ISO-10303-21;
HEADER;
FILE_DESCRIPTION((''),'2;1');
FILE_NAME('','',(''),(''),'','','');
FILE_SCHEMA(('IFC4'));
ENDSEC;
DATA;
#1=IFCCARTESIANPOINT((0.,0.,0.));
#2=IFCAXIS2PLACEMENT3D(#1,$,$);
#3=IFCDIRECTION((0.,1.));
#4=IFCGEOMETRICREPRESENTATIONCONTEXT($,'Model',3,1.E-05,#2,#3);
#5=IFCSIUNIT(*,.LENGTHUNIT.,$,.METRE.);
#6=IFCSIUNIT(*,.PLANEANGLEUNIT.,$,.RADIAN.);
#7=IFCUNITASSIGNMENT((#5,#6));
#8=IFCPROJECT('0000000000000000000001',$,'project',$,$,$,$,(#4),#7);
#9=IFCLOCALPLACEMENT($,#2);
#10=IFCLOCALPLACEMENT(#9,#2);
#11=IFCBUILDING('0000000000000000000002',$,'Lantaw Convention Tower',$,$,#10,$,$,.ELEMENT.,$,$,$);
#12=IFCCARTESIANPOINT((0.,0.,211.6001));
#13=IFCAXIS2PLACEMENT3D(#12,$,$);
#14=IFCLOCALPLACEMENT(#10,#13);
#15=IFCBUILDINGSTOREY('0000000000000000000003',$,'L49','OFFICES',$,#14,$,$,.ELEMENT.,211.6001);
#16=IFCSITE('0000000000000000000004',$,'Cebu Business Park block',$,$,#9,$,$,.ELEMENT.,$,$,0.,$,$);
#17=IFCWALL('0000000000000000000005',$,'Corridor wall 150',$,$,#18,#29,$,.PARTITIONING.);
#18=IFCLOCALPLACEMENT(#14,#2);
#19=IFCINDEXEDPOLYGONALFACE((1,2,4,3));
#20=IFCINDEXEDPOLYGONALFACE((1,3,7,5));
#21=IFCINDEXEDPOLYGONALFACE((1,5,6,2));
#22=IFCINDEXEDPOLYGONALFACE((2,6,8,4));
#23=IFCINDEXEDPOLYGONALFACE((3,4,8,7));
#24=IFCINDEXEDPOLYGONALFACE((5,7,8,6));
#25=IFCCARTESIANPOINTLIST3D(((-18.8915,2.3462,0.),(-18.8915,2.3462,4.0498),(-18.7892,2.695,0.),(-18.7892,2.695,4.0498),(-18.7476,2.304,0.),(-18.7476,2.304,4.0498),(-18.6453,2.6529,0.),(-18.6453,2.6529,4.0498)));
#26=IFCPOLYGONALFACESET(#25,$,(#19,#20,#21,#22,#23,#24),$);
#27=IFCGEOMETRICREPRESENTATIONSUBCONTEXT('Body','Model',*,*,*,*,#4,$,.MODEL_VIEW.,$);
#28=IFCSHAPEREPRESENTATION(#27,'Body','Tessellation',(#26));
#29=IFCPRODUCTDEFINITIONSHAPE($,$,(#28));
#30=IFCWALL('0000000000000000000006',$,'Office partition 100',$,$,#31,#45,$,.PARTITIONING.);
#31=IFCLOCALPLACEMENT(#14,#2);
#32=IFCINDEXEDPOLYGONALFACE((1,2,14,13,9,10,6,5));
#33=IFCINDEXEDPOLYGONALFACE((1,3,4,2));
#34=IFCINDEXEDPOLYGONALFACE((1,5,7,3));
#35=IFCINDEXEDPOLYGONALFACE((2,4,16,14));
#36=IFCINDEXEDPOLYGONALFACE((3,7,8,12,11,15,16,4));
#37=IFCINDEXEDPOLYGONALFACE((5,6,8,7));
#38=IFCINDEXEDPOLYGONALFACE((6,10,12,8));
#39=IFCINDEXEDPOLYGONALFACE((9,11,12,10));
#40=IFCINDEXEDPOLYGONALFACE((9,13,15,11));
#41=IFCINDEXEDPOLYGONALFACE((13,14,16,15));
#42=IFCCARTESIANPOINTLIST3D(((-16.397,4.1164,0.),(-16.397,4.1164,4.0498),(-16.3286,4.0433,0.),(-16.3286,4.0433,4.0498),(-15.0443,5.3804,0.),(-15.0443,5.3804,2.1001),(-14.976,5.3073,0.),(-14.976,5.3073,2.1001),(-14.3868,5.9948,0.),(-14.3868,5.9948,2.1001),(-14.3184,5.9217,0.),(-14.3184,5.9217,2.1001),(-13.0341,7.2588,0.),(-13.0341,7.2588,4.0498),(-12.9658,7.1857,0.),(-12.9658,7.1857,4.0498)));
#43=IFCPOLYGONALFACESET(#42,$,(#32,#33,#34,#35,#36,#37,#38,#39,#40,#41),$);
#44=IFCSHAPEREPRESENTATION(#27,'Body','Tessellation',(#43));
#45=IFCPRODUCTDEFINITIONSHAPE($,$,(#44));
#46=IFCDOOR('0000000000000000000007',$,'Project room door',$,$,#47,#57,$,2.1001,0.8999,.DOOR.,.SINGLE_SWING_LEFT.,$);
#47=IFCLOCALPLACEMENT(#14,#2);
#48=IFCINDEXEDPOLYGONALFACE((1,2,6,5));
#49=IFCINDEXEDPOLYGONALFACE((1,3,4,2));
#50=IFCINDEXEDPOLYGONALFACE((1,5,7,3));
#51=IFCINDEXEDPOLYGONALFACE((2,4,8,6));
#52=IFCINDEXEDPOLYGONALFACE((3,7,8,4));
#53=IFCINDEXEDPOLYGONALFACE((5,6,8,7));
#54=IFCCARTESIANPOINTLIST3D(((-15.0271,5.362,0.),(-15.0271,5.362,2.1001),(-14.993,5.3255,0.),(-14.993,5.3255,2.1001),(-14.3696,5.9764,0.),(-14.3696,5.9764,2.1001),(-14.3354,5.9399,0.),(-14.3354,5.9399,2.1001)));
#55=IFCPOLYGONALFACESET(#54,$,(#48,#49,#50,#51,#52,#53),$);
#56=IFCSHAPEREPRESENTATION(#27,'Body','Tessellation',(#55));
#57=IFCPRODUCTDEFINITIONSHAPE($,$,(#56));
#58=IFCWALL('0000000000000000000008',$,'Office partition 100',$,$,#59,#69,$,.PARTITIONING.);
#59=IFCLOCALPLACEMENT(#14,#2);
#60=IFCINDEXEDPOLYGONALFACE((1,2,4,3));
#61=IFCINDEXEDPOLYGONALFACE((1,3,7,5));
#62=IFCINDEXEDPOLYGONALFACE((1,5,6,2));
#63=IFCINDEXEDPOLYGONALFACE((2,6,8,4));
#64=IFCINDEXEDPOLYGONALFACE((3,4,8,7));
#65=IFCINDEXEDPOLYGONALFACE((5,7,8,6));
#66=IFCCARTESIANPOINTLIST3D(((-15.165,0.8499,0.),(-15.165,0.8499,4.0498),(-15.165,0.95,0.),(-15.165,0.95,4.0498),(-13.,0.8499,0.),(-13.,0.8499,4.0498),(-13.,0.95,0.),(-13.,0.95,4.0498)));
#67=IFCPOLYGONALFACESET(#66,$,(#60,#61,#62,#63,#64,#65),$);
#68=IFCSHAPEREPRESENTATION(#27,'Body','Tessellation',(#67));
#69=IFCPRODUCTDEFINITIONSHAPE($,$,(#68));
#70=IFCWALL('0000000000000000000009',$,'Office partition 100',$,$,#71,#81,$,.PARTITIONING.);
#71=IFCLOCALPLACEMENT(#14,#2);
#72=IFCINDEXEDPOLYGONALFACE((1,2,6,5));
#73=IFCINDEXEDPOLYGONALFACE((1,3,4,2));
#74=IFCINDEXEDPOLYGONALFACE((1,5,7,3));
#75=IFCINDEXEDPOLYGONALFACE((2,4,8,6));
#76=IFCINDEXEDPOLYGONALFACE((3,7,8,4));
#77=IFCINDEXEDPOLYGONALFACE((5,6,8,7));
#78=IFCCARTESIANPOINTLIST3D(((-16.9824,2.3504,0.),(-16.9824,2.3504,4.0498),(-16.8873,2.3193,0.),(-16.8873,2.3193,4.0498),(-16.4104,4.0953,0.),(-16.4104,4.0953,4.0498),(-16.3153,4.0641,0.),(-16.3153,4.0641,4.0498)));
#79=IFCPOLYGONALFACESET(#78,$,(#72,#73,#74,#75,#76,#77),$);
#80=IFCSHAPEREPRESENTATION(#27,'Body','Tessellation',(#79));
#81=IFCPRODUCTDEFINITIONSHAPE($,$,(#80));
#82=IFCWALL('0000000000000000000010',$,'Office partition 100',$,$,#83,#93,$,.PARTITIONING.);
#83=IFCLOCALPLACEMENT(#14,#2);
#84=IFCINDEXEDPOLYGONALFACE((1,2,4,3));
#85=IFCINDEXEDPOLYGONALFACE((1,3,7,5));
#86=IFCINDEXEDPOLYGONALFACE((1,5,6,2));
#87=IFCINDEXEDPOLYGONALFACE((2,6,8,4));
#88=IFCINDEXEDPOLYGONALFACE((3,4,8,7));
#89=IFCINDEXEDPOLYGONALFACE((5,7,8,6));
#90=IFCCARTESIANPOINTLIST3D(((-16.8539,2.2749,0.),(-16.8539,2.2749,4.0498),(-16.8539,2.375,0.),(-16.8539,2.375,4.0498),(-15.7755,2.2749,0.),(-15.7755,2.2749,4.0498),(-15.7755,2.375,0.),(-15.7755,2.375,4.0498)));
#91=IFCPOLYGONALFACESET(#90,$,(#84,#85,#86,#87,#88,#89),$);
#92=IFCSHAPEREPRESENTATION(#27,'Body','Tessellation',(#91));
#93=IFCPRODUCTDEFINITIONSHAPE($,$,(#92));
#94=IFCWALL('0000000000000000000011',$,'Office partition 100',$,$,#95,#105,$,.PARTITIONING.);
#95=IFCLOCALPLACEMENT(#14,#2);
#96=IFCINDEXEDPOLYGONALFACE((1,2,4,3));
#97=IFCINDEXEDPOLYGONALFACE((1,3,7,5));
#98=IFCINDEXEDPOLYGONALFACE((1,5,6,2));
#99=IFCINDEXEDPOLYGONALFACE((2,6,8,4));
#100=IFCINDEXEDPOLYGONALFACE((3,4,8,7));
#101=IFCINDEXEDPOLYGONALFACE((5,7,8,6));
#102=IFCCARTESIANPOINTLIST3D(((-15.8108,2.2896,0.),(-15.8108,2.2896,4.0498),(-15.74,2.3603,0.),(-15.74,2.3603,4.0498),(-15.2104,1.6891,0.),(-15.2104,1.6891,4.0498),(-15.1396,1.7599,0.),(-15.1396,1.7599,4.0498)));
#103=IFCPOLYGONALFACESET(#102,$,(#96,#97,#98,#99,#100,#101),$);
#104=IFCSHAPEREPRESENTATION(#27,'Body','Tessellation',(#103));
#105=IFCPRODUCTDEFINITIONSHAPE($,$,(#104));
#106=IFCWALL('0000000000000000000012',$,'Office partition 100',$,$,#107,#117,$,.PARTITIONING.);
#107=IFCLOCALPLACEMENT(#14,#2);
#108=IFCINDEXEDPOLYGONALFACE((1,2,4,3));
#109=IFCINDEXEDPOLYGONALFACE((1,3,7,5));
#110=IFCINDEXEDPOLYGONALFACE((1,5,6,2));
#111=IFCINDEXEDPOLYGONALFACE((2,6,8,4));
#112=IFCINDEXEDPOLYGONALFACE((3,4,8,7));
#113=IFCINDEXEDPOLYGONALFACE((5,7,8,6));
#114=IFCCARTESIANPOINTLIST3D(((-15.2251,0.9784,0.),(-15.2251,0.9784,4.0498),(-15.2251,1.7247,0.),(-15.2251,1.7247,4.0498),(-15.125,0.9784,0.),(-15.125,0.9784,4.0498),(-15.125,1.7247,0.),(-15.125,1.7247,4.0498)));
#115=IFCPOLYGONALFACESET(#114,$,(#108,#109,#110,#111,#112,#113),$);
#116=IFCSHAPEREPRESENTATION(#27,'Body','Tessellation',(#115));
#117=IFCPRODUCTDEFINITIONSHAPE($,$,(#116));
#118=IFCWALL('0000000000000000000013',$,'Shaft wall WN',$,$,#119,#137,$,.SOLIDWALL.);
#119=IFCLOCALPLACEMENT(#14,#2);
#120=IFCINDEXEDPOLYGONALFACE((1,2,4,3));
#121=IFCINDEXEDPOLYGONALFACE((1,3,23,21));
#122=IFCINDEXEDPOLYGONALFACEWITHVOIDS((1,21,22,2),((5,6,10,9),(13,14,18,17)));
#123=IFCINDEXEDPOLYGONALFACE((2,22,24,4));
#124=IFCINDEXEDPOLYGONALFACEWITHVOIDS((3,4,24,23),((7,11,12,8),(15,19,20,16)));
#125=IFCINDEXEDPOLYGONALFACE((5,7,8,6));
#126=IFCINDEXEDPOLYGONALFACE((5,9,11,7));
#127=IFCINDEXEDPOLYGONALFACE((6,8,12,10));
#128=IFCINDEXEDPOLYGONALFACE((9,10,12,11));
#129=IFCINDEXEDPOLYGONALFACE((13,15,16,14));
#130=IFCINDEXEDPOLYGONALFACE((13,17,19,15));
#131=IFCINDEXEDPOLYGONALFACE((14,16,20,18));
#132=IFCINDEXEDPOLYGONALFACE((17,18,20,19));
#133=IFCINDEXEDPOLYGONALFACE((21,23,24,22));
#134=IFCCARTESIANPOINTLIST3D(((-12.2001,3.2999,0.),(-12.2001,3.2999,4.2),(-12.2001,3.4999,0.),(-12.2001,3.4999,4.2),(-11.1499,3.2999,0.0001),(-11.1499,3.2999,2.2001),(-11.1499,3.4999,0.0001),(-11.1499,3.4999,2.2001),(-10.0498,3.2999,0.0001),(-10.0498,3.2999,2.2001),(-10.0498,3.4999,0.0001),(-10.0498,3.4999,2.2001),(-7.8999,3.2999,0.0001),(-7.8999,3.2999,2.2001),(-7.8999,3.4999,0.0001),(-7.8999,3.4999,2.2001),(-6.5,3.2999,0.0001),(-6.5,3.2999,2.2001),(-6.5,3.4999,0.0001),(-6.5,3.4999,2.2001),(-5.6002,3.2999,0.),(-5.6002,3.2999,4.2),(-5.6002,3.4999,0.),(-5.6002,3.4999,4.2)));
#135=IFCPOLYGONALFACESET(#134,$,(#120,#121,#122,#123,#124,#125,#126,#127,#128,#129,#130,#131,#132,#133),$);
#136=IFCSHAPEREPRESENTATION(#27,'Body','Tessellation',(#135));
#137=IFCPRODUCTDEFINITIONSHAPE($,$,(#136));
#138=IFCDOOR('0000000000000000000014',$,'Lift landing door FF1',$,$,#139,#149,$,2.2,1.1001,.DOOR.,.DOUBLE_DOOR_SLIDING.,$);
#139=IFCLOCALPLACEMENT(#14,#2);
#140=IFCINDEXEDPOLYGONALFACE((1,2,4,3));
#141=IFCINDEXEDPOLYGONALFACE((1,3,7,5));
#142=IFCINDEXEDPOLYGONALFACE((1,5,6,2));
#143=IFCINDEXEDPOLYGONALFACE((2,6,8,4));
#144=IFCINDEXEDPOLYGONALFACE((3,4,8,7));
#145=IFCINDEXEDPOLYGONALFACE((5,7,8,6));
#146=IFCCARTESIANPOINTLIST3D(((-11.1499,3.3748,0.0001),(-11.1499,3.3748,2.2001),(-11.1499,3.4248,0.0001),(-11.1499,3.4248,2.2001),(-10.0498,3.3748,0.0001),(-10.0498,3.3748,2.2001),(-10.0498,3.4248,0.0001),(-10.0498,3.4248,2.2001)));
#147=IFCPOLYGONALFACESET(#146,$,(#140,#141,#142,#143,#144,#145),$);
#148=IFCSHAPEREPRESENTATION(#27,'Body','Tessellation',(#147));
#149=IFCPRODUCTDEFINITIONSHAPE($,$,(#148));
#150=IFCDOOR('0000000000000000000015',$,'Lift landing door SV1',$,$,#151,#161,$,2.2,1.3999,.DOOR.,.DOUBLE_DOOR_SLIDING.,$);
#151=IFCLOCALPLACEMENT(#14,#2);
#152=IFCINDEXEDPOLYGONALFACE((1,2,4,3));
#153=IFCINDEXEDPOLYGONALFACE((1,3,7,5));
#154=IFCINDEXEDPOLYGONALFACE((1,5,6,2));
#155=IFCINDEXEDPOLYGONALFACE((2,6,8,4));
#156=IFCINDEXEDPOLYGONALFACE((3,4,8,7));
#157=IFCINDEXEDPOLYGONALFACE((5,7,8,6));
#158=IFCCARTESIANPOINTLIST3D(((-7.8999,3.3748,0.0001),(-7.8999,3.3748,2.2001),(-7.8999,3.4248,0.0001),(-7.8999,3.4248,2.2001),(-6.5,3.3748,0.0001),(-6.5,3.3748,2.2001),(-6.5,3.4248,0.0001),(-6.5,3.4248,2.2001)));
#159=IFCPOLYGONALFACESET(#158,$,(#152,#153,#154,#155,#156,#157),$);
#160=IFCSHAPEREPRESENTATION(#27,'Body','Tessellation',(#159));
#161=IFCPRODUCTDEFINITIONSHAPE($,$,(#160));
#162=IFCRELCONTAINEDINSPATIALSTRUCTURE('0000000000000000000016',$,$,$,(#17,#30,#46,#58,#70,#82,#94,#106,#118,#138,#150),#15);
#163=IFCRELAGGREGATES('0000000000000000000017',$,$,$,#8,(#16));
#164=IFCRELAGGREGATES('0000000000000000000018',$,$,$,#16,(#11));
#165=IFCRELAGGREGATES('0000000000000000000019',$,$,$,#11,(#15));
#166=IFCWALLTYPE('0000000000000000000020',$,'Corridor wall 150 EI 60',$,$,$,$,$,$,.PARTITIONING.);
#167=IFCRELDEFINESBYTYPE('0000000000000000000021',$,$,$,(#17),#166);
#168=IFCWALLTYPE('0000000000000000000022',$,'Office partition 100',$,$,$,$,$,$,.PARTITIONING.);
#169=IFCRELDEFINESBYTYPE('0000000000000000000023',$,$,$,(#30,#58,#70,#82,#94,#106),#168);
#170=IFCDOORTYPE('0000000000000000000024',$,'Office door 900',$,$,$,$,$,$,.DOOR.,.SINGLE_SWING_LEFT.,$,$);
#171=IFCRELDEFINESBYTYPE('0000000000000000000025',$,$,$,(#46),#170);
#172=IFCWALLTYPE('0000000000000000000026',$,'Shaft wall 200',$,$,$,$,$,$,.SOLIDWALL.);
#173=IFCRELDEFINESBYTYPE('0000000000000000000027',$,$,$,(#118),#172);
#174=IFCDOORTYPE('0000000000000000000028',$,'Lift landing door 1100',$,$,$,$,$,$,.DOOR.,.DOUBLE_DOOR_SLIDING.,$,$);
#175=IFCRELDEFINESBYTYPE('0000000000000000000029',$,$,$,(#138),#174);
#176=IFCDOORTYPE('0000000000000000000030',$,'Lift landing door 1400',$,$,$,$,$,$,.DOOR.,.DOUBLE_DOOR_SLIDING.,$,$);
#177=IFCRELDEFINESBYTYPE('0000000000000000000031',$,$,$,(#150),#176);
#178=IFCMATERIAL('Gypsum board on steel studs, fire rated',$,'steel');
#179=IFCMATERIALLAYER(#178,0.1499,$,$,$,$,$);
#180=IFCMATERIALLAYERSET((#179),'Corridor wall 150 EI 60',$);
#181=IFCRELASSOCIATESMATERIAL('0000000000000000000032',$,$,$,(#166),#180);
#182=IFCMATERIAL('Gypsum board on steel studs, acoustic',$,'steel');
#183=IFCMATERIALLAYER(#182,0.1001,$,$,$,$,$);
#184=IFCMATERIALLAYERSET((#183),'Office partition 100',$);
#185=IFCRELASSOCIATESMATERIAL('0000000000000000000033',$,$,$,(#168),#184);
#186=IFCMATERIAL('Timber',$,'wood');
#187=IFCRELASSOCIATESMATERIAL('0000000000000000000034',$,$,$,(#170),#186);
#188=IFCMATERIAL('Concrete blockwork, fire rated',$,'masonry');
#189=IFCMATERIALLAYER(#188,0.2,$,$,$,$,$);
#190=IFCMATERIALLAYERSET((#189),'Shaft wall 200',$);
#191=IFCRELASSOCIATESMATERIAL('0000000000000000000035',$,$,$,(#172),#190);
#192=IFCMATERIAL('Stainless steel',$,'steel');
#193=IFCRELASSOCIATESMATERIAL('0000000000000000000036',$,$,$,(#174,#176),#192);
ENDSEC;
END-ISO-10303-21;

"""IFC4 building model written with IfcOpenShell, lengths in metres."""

from ifc_helpers import new_model, si_unit, direction, frame, frame_2d, origin, place, context, subcontext, project, spatial, rectangle, extrude, material, layer, layer_set, type_object, element, fill, save


model = new_model("IFC4")

# Units and contexts
model_context = context("Model", 3, precision=1e-05, world=origin(), true_north=direction((0.0, 1.0)))
body_context = subcontext(model_context, "Body", "Model", "MODEL_VIEW")
ifc_project = project(units=[si_unit("LENGTHUNIT", "METRE"), si_unit("PLANEANGLEUNIT", "RADIAN")], contexts=[model_context])

# Site, building, storey
site_placement = place(None, origin())
site = spatial("IfcSite", under=ifc_project, at=site_placement, Name="Cebu Business Park block", CompositionType="ELEMENT", RefElevation=0.0)
building_placement = place(site_placement, origin())
building = spatial("IfcBuilding", under=site, at=building_placement, Name="Lantaw Convention Tower", CompositionType="ELEMENT")
storey_placement = place(building_placement, frame((0.0, 0.0, 211.6001)))
storey = spatial("IfcBuildingStorey", under=building, at=storey_placement, Name="L49", Description="OFFICES", CompositionType="ELEMENT", Elevation=211.6001)

# Wall
ifc_material_1 = material(Name="Gypsum board on steel studs, fire rated", Category="steel")
ifc_layer_1 = layer(ifc_material_1, 0.1499)
ifc_layer_set_1 = layer_set([ifc_layer_1], Name="Corridor wall 150 EI 60")
wall_type_1 = type_object("IfcWallType", Name="Corridor wall 150 EI 60", PredefinedType="PARTITIONING", material=ifc_layer_set_1)
wall_1_placement = place(storey_placement, frame((-18.7173, 2.6738, 0.0), z_axis=(0.0, 0.0, 1.0), x_axis=(-0.281366, -0.9596, 0.0)))
element("IfcWall", 1, at=wall_1_placement, inside=storey, type_object=wall_type_1, Name="Corridor wall 150", PredefinedType="PARTITIONING", context=body_context, shape_type="SweptSolid", body=[
    extrude(rectangle(XDim=0.3635, YDim=0.1499, at=frame_2d((0.1816, 0.0))), origin(), (0.0, 0.0, 1.0), 4.0498),
])

# Wall, opening, door
ifc_material_2 = material(Name="Gypsum board on steel studs, acoustic", Category="steel")
ifc_layer_2 = layer(ifc_material_2, 0.1001)
ifc_layer_set_2 = layer_set([ifc_layer_2], Name="Office partition 100")
wall_type_2 = type_object("IfcWallType", Name="Office partition 100", PredefinedType="PARTITIONING", material=ifc_layer_set_2)
wall_2_placement = place(storey_placement, frame((-16.3628, 4.0798, 0.0), z_axis=(0.0, 0.0, 1.0), x_axis=(0.730651, 0.682751, 0.0)))
wall_2 = element("IfcWall", 2, at=wall_2_placement, inside=storey, type_object=wall_type_2, Name="Office partition 100", PredefinedType="PARTITIONING", context=body_context, shape_type="SweptSolid", body=[
    extrude(rectangle(XDim=4.6025, YDim=0.1001, at=frame_2d((2.3013, 0.0))), origin(), (0.0, 0.0, 1.0), 4.0498),
])
opening_1_placement = place(wall_2_placement, frame((1.8513, 0.0, 0.0)))
opening_1 = element("IfcOpeningElement", 3, at=opening_1_placement, cuts=wall_2, PredefinedType="OPENING", context=body_context, shape_type="SweptSolid", body=[
    extrude(rectangle(XDim=0.8999, YDim=2.1001, at=frame_2d((0.45, 1.05))), frame((0.0, 0.0601, 0.0), z_axis=(0.0, -1.0, 0.0), x_axis=(1.0, 0.0, 0.0)), (0.0, 0.0, 1.0), 0.1201),
])
ifc_material_3 = material(Name="Timber", Category="wood")
door_type_1 = type_object("IfcDoorType", Name="Office door 900", OperationType="SINGLE_SWING_LEFT", PredefinedType="DOOR", material=ifc_material_3)
door_1_placement = place(opening_1_placement, origin())
door_1 = element("IfcDoor", 4, at=door_1_placement, inside=storey, type_object=door_type_1, Name="Project room door", OperationType="SINGLE_SWING_LEFT", OverallHeight=2.1001, OverallWidth=0.8999, PredefinedType="DOOR", context=body_context, shape_type="SweptSolid", body=[
    extrude(rectangle(XDim=0.8999, YDim=2.1001, at=frame_2d((0.45, 1.05))), frame((0.0, 0.0249, 0.0), z_axis=(0.0, -1.0, 0.0), x_axis=(1.0, 0.0, 0.0)), (0.0, 0.0, 1.0), 0.05),
])
fill(opening_1, door_1)

# Walls
wall_3_placement = place(storey_placement, frame((-13.0, 0.8999, 0.0), z_axis=(0.0, 0.0, 1.0), x_axis=(-1.0, 0.0, 0.0)))
element("IfcWall", 5, at=wall_3_placement, inside=storey, type_object=wall_type_2, Name="Office partition 100", PredefinedType="PARTITIONING", context=body_context, shape_type="SweptSolid", body=[
    extrude(rectangle(XDim=2.165, YDim=0.1001, at=frame_2d((1.0825, 0.0))), origin(), (0.0, 0.0, 1.0), 4.0498),
])
wall_4_placement = place(storey_placement, frame((-16.9348, 2.335, 0.0), z_axis=(0.0, 0.0, 1.0), x_axis=(0.311517, 0.950241, 0.0)))
element("IfcWall", 6, at=wall_4_placement, inside=storey, type_object=wall_type_2, Name="Office partition 100", PredefinedType="PARTITIONING", context=body_context, shape_type="SweptSolid", body=[
    extrude(rectangle(XDim=1.8362, YDim=0.1001, at=frame_2d((0.918, 0.0))), origin(), (0.0, 0.0, 1.0), 4.0498),
])
wall_5_placement = place(storey_placement, frame((-16.8538, 2.325, 0.0), z_axis=(0.0, 0.0, 1.0), x_axis=(1.0, 0.0, 0.0)))
element("IfcWall", 7, at=wall_5_placement, inside=storey, type_object=wall_type_2, Name="Office partition 100", PredefinedType="PARTITIONING", context=body_context, shape_type="SweptSolid", body=[
    extrude(rectangle(XDim=1.0784, YDim=0.1001, at=frame_2d((0.5391, 0.0))), origin(), (0.0, 0.0, 1.0), 4.0498),
])
wall_6_placement = place(storey_placement, frame((-15.7754, 2.325, 0.0), z_axis=(0.0, 0.0, 1.0), x_axis=(0.707107, -0.707107, 0.0)))
element("IfcWall", 8, at=wall_6_placement, inside=storey, type_object=wall_type_2, Name="Office partition 100", PredefinedType="PARTITIONING", context=body_context, shape_type="SweptSolid", body=[
    extrude(rectangle(XDim=0.8491, YDim=0.1001, at=frame_2d((0.4246, 0.0))), origin(), (0.0, 0.0, 1.0), 4.0498),
])
wall_7_placement = place(storey_placement, frame((-15.175, 1.7246, 0.0), z_axis=(0.0, 0.0, 1.0), x_axis=(0.0, -1.0, 0.0)))
element("IfcWall", 9, at=wall_7_placement, inside=storey, type_object=wall_type_2, Name="Office partition 100", PredefinedType="PARTITIONING", context=body_context, shape_type="SweptSolid", body=[
    extrude(rectangle(XDim=0.7463, YDim=0.1001, at=frame_2d((0.373, 0.0))), origin(), (0.0, 0.0, 1.0), 4.0498),
])

# Wall, openings, doors
ifc_material_4 = material(Name="Concrete blockwork, fire rated", Category="masonry")
ifc_layer_3 = layer(ifc_material_4, 0.2)
ifc_layer_set_3 = layer_set([ifc_layer_3], Name="Shaft wall 200")
wall_type_3 = type_object("IfcWallType", Name="Shaft wall 200", PredefinedType="SOLIDWALL", material=ifc_layer_set_3)
wall_8_placement = place(storey_placement, frame((-12.2, 3.3999, 0.0), z_axis=(0.0, 0.0, 1.0), x_axis=(1.0, 0.0, 0.0)))
wall_8 = element("IfcWall", 10, at=wall_8_placement, inside=storey, type_object=wall_type_3, Name="Shaft wall WN", PredefinedType="SOLIDWALL", context=body_context, shape_type="SweptSolid", body=[
    extrude(rectangle(XDim=6.5999, YDim=0.2, at=frame_2d((3.2998, 0.0))), origin(), (0.0, 0.0, 1.0), 4.2),
])
opening_2_placement = place(wall_8_placement, frame((1.05, 0.0, 0.0)))
opening_2 = element("IfcOpeningElement", 11, at=opening_2_placement, cuts=wall_8, PredefinedType="OPENING", context=body_context, shape_type="SweptSolid", body=[
    extrude(rectangle(XDim=1.1001, YDim=2.2, at=frame_2d((0.55, 1.1001))), frame((0.0, 0.1099, 0.0), z_axis=(0.0, -1.0, 0.0), x_axis=(1.0, 0.0, 0.0)), (0.0, 0.0, 1.0), 0.22),
])
opening_3_placement = place(wall_8_placement, frame((4.3, 0.0, 0.0)))
opening_3 = element("IfcOpeningElement", 12, at=opening_3_placement, cuts=wall_8, PredefinedType="OPENING", context=body_context, shape_type="SweptSolid", body=[
    extrude(rectangle(XDim=1.3999, YDim=2.2, at=frame_2d((0.7, 1.1001))), frame((0.0, 0.1099, 0.0), z_axis=(0.0, -1.0, 0.0), x_axis=(1.0, 0.0, 0.0)), (0.0, 0.0, 1.0), 0.22),
])
ifc_material_5 = material(Name="Stainless steel", Category="steel")
door_type_2 = type_object("IfcDoorType", Name="Lift landing door 1100", OperationType="DOUBLE_DOOR_SLIDING", PredefinedType="DOOR", material=ifc_material_5)
door_2_placement = place(opening_2_placement, origin())
door_2 = element("IfcDoor", 13, at=door_2_placement, inside=storey, type_object=door_type_2, Name="Lift landing door FF1", OperationType="DOUBLE_DOOR_SLIDING", OverallHeight=2.2, OverallWidth=1.1001, PredefinedType="DOOR", context=body_context, shape_type="SweptSolid", body=[
    extrude(rectangle(XDim=1.1001, YDim=2.2, at=frame_2d((0.55, 1.1001))), frame((0.0, 0.0249, 0.0), z_axis=(0.0, -1.0, 0.0), x_axis=(1.0, 0.0, 0.0)), (0.0, 0.0, 1.0), 0.05),
])
fill(opening_2, door_2)
door_type_3 = type_object("IfcDoorType", Name="Lift landing door 1400", OperationType="DOUBLE_DOOR_SLIDING", PredefinedType="DOOR", material=ifc_material_5)
door_3_placement = place(opening_3_placement, origin())
door_3 = element("IfcDoor", 14, at=door_3_placement, inside=storey, type_object=door_type_3, Name="Lift landing door SV1", OperationType="DOUBLE_DOOR_SLIDING", OverallHeight=2.2, OverallWidth=1.3999, PredefinedType="DOOR", context=body_context, shape_type="SweptSolid", body=[
    extrude(rectangle(XDim=1.3999, YDim=2.2, at=frame_2d((0.7, 1.1001))), frame((0.0, 0.0249, 0.0), z_axis=(0.0, -1.0, 0.0), x_axis=(1.0, 0.0, 0.0)), (0.0, 0.0, 1.0), 0.05),
])
fill(opening_3, door_3)

save(model, "model.ifc")
